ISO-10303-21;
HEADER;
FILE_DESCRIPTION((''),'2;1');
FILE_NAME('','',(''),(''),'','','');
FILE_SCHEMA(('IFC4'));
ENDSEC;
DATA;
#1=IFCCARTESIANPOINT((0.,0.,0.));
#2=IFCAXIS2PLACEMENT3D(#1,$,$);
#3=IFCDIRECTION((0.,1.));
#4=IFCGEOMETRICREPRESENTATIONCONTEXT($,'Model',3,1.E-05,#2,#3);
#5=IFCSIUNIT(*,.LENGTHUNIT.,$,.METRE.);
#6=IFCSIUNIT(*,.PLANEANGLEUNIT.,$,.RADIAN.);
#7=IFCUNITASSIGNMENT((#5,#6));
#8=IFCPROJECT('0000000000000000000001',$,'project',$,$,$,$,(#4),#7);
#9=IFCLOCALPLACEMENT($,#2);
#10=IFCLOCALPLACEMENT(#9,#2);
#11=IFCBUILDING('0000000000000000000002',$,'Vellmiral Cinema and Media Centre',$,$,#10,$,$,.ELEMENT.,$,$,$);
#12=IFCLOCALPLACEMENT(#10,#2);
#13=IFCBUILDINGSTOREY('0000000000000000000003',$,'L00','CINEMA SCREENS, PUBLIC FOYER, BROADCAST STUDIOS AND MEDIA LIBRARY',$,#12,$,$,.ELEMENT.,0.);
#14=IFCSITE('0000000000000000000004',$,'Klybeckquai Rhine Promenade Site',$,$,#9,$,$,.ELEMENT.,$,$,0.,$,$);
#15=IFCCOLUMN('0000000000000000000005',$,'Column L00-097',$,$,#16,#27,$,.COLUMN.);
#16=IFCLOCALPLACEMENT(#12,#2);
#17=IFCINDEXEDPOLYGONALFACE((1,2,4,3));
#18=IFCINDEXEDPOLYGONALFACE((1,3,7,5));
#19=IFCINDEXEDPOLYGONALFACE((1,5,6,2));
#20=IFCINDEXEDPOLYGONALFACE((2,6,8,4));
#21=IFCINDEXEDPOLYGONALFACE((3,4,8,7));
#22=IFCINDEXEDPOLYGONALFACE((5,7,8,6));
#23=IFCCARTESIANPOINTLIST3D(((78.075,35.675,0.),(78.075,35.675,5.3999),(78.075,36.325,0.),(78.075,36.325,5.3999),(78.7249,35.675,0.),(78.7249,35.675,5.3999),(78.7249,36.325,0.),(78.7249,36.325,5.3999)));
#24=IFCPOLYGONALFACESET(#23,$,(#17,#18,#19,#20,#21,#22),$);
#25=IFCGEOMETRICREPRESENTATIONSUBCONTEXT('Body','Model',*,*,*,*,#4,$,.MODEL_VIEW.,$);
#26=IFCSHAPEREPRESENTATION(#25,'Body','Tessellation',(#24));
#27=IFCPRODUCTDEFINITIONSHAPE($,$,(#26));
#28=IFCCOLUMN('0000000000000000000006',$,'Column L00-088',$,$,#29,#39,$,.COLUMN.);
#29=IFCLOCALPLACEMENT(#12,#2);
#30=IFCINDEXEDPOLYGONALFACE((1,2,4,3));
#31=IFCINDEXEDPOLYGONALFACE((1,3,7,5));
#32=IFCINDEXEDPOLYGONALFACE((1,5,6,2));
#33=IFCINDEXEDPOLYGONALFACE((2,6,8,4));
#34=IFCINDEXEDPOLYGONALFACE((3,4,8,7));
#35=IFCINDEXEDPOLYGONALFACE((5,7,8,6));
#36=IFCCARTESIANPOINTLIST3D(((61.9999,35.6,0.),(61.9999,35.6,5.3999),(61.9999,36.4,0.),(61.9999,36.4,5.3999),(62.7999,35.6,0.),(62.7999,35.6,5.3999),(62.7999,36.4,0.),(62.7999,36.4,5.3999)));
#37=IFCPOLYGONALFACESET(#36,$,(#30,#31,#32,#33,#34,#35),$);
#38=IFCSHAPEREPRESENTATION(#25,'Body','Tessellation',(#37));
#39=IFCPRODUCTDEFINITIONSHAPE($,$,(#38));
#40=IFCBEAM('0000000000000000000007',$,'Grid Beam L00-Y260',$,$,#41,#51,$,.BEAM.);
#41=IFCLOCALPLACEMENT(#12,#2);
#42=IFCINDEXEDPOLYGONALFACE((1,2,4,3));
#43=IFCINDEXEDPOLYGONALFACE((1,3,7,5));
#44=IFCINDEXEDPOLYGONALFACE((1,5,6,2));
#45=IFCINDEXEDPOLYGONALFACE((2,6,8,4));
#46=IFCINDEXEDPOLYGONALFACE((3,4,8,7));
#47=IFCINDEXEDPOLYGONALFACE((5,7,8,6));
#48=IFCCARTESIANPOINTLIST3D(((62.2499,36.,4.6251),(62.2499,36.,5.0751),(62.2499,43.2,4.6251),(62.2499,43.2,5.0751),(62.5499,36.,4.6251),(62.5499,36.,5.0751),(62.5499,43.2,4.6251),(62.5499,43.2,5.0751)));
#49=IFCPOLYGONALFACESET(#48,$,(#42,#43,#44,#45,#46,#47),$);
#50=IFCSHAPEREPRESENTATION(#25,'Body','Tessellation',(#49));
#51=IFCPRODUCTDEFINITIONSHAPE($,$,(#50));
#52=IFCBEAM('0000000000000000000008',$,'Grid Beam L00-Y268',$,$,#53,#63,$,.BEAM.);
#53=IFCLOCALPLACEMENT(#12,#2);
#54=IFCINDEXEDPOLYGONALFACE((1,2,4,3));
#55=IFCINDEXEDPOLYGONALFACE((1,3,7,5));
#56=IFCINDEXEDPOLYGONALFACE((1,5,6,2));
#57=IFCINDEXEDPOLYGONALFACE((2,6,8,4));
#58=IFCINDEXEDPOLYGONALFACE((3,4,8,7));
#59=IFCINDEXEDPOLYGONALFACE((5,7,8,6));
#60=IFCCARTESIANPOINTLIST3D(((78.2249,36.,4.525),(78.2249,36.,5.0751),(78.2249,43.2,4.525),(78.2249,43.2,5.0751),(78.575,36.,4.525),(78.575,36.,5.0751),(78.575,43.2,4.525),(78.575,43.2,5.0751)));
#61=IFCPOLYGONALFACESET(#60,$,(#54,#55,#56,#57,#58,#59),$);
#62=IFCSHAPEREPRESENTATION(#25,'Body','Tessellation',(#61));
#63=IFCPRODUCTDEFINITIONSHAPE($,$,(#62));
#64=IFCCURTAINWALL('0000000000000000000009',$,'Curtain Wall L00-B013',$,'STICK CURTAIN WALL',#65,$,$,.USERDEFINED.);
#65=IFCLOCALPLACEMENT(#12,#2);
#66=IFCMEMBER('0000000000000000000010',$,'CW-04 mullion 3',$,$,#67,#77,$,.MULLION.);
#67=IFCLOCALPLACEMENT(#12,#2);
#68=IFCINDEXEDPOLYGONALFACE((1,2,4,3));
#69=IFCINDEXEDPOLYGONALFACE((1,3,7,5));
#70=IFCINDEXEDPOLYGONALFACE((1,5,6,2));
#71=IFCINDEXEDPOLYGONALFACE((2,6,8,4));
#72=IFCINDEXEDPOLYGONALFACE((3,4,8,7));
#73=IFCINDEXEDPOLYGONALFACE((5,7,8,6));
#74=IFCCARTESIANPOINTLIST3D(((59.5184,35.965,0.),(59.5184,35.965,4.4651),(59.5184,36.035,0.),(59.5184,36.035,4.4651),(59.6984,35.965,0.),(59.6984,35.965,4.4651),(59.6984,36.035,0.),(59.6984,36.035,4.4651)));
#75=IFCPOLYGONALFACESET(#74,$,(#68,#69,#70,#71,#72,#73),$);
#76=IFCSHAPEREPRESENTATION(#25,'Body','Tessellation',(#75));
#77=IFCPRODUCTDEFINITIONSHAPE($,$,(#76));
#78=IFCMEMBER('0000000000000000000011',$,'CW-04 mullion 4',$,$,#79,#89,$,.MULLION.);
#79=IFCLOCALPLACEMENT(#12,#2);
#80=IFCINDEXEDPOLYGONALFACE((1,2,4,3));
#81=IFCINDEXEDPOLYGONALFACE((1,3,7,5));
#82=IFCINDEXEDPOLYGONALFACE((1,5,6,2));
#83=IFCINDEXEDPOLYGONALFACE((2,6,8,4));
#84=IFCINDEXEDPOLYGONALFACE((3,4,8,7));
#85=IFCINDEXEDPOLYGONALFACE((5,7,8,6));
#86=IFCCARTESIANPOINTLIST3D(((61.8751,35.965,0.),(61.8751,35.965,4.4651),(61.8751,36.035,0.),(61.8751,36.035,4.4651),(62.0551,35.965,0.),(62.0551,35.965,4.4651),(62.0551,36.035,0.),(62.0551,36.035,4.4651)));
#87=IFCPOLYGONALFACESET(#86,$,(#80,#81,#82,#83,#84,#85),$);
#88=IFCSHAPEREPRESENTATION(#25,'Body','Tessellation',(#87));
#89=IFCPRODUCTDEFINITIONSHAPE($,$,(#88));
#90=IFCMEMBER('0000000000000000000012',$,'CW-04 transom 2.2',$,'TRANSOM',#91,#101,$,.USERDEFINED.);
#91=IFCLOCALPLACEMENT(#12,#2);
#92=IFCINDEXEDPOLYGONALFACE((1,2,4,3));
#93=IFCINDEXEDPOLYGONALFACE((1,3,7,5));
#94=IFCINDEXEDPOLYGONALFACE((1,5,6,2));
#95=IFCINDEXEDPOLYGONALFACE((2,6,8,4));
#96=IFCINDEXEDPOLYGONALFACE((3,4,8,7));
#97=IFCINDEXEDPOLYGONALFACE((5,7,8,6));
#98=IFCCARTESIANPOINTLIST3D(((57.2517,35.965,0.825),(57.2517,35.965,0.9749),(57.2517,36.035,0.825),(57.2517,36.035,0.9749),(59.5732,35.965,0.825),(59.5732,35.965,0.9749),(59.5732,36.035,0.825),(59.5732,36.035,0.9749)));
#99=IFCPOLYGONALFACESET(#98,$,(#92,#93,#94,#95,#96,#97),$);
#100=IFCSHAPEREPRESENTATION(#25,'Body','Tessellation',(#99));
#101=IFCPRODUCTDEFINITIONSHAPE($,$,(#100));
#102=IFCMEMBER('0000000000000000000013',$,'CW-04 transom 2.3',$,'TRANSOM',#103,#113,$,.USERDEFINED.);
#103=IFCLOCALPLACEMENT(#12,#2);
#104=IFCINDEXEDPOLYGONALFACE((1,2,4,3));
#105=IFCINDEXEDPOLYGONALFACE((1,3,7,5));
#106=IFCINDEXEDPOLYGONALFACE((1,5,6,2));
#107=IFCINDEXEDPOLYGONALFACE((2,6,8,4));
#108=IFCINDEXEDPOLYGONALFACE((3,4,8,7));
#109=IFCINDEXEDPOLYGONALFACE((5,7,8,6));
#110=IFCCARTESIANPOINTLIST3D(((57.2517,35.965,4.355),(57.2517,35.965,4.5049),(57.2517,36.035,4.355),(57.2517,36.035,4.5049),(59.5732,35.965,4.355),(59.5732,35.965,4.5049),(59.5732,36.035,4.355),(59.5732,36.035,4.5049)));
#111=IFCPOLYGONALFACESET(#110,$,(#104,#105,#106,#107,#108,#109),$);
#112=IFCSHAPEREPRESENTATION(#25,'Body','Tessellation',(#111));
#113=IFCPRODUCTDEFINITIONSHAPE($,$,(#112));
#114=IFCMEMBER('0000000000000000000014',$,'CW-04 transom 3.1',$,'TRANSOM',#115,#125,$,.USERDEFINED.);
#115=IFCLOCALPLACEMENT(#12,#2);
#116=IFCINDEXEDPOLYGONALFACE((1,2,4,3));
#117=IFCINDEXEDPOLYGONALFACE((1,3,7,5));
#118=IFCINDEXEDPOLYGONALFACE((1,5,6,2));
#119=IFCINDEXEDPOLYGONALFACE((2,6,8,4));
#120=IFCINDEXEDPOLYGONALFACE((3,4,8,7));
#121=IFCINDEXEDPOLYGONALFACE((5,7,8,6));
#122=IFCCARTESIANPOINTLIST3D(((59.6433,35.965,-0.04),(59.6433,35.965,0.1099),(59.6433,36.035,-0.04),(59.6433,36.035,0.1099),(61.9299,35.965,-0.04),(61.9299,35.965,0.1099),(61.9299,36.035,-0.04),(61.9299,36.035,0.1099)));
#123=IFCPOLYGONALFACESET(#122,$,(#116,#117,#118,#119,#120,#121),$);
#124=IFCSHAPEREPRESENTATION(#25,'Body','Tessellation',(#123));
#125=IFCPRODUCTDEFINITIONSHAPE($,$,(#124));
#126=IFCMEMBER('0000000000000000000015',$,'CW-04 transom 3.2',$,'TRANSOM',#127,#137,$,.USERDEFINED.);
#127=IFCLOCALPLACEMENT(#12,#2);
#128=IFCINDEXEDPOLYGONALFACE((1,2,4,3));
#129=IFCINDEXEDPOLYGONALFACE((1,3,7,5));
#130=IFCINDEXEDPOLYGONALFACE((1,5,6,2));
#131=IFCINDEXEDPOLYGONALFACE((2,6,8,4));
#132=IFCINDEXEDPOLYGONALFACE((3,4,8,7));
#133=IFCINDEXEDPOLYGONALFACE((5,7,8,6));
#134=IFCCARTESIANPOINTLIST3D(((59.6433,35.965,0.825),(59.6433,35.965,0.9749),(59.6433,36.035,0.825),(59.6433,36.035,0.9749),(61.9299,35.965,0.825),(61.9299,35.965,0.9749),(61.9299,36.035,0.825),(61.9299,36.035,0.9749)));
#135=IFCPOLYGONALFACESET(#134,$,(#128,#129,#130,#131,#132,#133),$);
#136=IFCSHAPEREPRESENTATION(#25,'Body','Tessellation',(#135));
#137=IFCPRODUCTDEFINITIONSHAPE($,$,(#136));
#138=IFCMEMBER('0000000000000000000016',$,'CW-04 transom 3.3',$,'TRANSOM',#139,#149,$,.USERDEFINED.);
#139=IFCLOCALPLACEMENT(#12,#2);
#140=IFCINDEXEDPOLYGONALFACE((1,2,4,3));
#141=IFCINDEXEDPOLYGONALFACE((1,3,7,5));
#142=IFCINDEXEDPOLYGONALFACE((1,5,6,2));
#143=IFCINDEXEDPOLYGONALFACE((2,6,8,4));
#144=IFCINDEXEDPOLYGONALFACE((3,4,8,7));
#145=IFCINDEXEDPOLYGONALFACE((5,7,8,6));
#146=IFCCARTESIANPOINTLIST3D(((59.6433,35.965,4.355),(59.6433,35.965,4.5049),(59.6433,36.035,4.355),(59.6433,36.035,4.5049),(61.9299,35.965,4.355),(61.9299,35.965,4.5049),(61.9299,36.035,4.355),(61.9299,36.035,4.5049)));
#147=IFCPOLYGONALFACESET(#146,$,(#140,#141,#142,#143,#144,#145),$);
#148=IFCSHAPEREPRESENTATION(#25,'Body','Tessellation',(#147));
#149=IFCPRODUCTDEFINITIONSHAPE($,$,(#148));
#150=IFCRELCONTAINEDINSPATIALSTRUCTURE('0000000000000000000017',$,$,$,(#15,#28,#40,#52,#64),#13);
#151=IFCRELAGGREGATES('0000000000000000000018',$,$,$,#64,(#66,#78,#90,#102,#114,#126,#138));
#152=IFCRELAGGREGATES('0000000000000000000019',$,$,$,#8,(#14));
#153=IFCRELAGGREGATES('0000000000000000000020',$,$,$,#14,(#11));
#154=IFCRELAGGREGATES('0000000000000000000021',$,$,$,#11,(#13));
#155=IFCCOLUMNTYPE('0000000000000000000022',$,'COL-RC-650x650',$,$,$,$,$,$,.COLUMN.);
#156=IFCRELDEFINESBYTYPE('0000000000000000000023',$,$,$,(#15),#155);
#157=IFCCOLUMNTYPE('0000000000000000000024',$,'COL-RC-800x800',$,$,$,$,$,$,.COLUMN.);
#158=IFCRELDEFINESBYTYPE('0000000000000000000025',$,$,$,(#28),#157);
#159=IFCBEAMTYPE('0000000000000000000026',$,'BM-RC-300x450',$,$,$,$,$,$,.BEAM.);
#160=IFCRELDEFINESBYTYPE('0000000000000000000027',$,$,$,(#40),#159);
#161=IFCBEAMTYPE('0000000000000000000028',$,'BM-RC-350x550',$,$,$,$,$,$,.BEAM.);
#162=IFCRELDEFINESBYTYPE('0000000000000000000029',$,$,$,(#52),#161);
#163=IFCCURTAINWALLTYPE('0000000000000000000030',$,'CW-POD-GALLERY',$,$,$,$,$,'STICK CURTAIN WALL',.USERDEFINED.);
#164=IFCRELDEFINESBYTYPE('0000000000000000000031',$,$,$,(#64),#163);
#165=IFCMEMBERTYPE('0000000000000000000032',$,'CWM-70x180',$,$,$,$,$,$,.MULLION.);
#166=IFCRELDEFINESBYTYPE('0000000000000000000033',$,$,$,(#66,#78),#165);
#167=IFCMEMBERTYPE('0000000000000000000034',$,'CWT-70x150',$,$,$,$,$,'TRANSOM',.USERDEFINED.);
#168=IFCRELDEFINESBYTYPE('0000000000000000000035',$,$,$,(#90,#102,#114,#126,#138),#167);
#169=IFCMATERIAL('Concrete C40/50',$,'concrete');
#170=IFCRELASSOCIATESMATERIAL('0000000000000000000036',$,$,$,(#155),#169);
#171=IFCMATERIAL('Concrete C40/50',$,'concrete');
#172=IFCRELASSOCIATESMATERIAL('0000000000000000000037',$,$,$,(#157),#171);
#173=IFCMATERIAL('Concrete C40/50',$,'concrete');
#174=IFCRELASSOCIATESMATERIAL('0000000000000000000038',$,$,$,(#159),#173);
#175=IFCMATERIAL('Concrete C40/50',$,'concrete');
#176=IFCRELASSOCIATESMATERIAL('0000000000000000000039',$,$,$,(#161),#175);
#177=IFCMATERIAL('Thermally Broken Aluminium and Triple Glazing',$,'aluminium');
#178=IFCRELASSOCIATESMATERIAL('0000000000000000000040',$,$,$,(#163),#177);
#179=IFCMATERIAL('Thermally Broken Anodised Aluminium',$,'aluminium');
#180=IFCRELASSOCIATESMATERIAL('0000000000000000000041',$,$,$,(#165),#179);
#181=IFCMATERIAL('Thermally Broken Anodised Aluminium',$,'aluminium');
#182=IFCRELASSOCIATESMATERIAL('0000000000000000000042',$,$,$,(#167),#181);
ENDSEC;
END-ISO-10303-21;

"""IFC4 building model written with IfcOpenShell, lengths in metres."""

from ifc_helpers import new_model, si_unit, direction, frame, origin, origin_2d, place, context, subcontext, project, spatial, rectangle, extrude, material, material_profile, profile_set, type_object, element, aggregate, save


model = new_model("IFC4")

# Units and contexts
model_context = context("Model", 3, precision=1e-05, world=origin(), true_north=direction((0.0, 1.0)))
body_context = subcontext(model_context, "Body", "Model", "MODEL_VIEW")
ifc_project = project(units=[si_unit("LENGTHUNIT", "METRE"), si_unit("PLANEANGLEUNIT", "RADIAN")], contexts=[model_context])

# Site, building, storey
site_placement = place(None, origin())
site = spatial("IfcSite", under=ifc_project, at=site_placement, Name="Klybeckquai Rhine Promenade Site", CompositionType="ELEMENT", RefElevation=0.0)
building_placement = place(site_placement, origin())
building = spatial("IfcBuilding", under=site, at=building_placement, Name="Vellmiral Cinema and Media Centre", CompositionType="ELEMENT")
storey_placement = place(building_placement, origin())
storey = spatial("IfcBuildingStorey", under=building, at=storey_placement, Name="L00", Description="CINEMA SCREENS, PUBLIC FOYER, BROADCAST STUDIOS AND MEDIA LIBRARY", CompositionType="ELEMENT", Elevation=0.0)

# Columns
ifc_material_1 = material(Name="Concrete C40/50", Category="concrete")
ifc_material_profile_1 = material_profile(ifc_material_1, rectangle(XDim=0.6499, YDim=0.6499, at=origin_2d()), Name="RC 650x650")
ifc_profile_set_1 = profile_set([ifc_material_profile_1], Name="Concrete C40/50")
column_type_1 = type_object("IfcColumnType", Name="COL-RC-650x650", PredefinedType="COLUMN", material=ifc_profile_set_1)
column_1_placement = place(storey_placement, frame((78.3999, 36.0, 0.0), z_axis=(0.0, 0.0, 1.0), x_axis=(1.0, 0.0, 0.0)))
element("IfcColumn", 1, at=column_1_placement, inside=storey, type_object=column_type_1, Name="Column L00-097", PredefinedType="COLUMN", context=body_context, shape_type="SweptSolid", body=[
    extrude(rectangle(XDim=0.6499, YDim=0.6499, at=origin_2d()), origin(), (0.0, 0.0, 1.0), 5.3999),
])
ifc_material_2 = material(Name="Concrete C40/50", Category="concrete")
ifc_material_profile_2 = material_profile(ifc_material_2, rectangle(XDim=0.8, YDim=0.8, at=origin_2d()), Name="RC 800x800")
ifc_profile_set_2 = profile_set([ifc_material_profile_2], Name="Concrete C40/50")
column_type_2 = type_object("IfcColumnType", Name="COL-RC-800x800", PredefinedType="COLUMN", material=ifc_profile_set_2)
column_2_placement = place(storey_placement, frame((62.3999, 36.0, 0.0), z_axis=(0.0, 0.0, 1.0), x_axis=(1.0, 0.0, 0.0)))
element("IfcColumn", 2, at=column_2_placement, inside=storey, type_object=column_type_2, Name="Column L00-088", PredefinedType="COLUMN", context=body_context, shape_type="SweptSolid", body=[
    extrude(rectangle(XDim=0.8, YDim=0.8, at=origin_2d()), origin(), (0.0, 0.0, 1.0), 5.3999),
])

# Beams
ifc_material_3 = material(Name="Concrete C40/50", Category="concrete")
ifc_material_profile_3 = material_profile(ifc_material_3, rectangle(XDim=0.3, YDim=0.45, at=origin_2d()), Name="RC 300x450")
ifc_profile_set_3 = profile_set([ifc_material_profile_3], Name="Concrete C40/50")
beam_type_1 = type_object("IfcBeamType", Name="BM-RC-300x450", PredefinedType="BEAM", material=ifc_profile_set_3)
beam_1_placement = place(storey_placement, frame((62.3999, 36.0, 4.8501), z_axis=(0.0, 1.0, 0.0), x_axis=(-1.0, 0.0, 0.0)))
element("IfcBeam", 3, at=beam_1_placement, inside=storey, type_object=beam_type_1, Name="Grid Beam L00-Y260", PredefinedType="BEAM", context=body_context, shape_type="SweptSolid", body=[
    extrude(rectangle(XDim=0.3, YDim=0.45, at=origin_2d()), origin(), (0.0, 0.0, 1.0), 7.2),
])
ifc_material_4 = material(Name="Concrete C40/50", Category="concrete")
ifc_material_profile_4 = material_profile(ifc_material_4, rectangle(XDim=0.3501, YDim=0.55, at=origin_2d()), Name="RC 350x550")
ifc_profile_set_4 = profile_set([ifc_material_profile_4], Name="Concrete C40/50")
beam_type_2 = type_object("IfcBeamType", Name="BM-RC-350x550", PredefinedType="BEAM", material=ifc_profile_set_4)
beam_2_placement = place(storey_placement, frame((78.3999, 36.0, 4.8), z_axis=(0.0, 1.0, 0.0), x_axis=(-1.0, 0.0, 0.0)))
element("IfcBeam", 4, at=beam_2_placement, inside=storey, type_object=beam_type_2, Name="Grid Beam L00-Y268", PredefinedType="BEAM", context=body_context, shape_type="SweptSolid", body=[
    extrude(rectangle(XDim=0.3501, YDim=0.55, at=origin_2d()), origin(), (0.0, 0.0, 1.0), 7.2),
])

# Curtain wall, members
ifc_material_5 = material(Name="Thermally Broken Aluminium and Triple Glazing", Category="aluminium")
curtain_wall_type = type_object("IfcCurtainWallType", Name="CW-POD-GALLERY", ElementType="STICK CURTAIN WALL", PredefinedType="USERDEFINED", material=ifc_material_5)
curtain_wall_placement = place(storey_placement, origin())
curtain_wall = element("IfcCurtainWall", 5, at=curtain_wall_placement, inside=storey, type_object=curtain_wall_type, Name="Curtain Wall L00-B013", ObjectType="STICK CURTAIN WALL", PredefinedType="USERDEFINED")
ifc_material_6 = material(Name="Thermally Broken Anodised Aluminium", Category="aluminium")
ifc_material_profile_5 = material_profile(ifc_material_6, rectangle(XDim=0.0701, YDim=0.1799, at=origin_2d()), Name="MULL 70x180")
ifc_profile_set_5 = profile_set([ifc_material_profile_5], Name="Thermally Broken Anodised Aluminium")
member_type_1 = type_object("IfcMemberType", Name="CWM-70x180", PredefinedType="MULLION", material=ifc_profile_set_5)
member_1_placement = place(storey_placement, frame((59.6084, 36.0, 0.0), z_axis=(0.0, 0.0, 1.0), x_axis=(0.0, 1.0, 0.0)))
member_1 = element("IfcMember", 6, at=member_1_placement, type_object=member_type_1, Name="CW-04 mullion 3", PredefinedType="MULLION", context=body_context, shape_type="SweptSolid", body=[
    extrude(rectangle(XDim=0.0701, YDim=0.1799, at=origin_2d()), origin(), (0.0, 0.0, 1.0), 4.4651),
])
member_2_placement = place(storey_placement, frame((61.9651, 36.0, 0.0), z_axis=(0.0, 0.0, 1.0), x_axis=(0.0, 1.0, 0.0)))
member_2 = element("IfcMember", 7, at=member_2_placement, type_object=member_type_1, Name="CW-04 mullion 4", PredefinedType="MULLION", context=body_context, shape_type="SweptSolid", body=[
    extrude(rectangle(XDim=0.0701, YDim=0.1799, at=origin_2d()), origin(), (0.0, 0.0, 1.0), 4.4651),
])
ifc_material_7 = material(Name="Thermally Broken Anodised Aluminium", Category="aluminium")
ifc_material_profile_6 = material_profile(ifc_material_7, rectangle(XDim=0.0701, YDim=0.1499, at=origin_2d()), Name="MULL 70x150")
ifc_profile_set_6 = profile_set([ifc_material_profile_6], Name="Thermally Broken Anodised Aluminium")
member_type_2 = type_object("IfcMemberType", Name="CWT-70x150", ElementType="TRANSOM", PredefinedType="USERDEFINED", material=ifc_profile_set_6)
member_3_placement = place(storey_placement, frame((57.2517, 36.0, 0.8999), z_axis=(1.0, 0.0, 0.0), x_axis=(0.0, 1.0, 0.0)))
member_3 = element("IfcMember", 8, at=member_3_placement, type_object=member_type_2, Name="CW-04 transom 2.2", ObjectType="TRANSOM", PredefinedType="USERDEFINED", context=body_context, shape_type="SweptSolid", body=[
    extrude(rectangle(XDim=0.0701, YDim=0.1499, at=origin_2d()), origin(), (0.0, 0.0, 1.0), 2.3215),
])
member_4_placement = place(storey_placement, frame((57.2517, 36.0, 4.4299), z_axis=(1.0, 0.0, 0.0), x_axis=(0.0, 1.0, 0.0)))
member_4 = element("IfcMember", 9, at=member_4_placement, type_object=member_type_2, Name="CW-04 transom 2.3", ObjectType="TRANSOM", PredefinedType="USERDEFINED", context=body_context, shape_type="SweptSolid", body=[
    extrude(rectangle(XDim=0.0701, YDim=0.1499, at=origin_2d()), origin(), (0.0, 0.0, 1.0), 2.3215),
])
member_5_placement = place(storey_placement, frame((59.6433, 36.0, 0.0349), z_axis=(1.0, 0.0, 0.0), x_axis=(0.0, 1.0, 0.0)))
member_5 = element("IfcMember", 10, at=member_5_placement, type_object=member_type_2, Name="CW-04 transom 3.1", ObjectType="TRANSOM", PredefinedType="USERDEFINED", context=body_context, shape_type="SweptSolid", body=[
    extrude(rectangle(XDim=0.0701, YDim=0.1499, at=origin_2d()), origin(), (0.0, 0.0, 1.0), 2.2866),
])
member_6_placement = place(storey_placement, frame((59.6433, 36.0, 0.8999), z_axis=(1.0, 0.0, 0.0), x_axis=(0.0, 1.0, 0.0)))
member_6 = element("IfcMember", 11, at=member_6_placement, type_object=member_type_2, Name="CW-04 transom 3.2", ObjectType="TRANSOM", PredefinedType="USERDEFINED", context=body_context, shape_type="SweptSolid", body=[
    extrude(rectangle(XDim=0.0701, YDim=0.1499, at=origin_2d()), origin(), (0.0, 0.0, 1.0), 2.2866),
])
member_7_placement = place(storey_placement, frame((59.6433, 36.0, 4.4299), z_axis=(1.0, 0.0, 0.0), x_axis=(0.0, 1.0, 0.0)))
member_7 = element("IfcMember", 12, at=member_7_placement, type_object=member_type_2, Name="CW-04 transom 3.3", ObjectType="TRANSOM", PredefinedType="USERDEFINED", context=body_context, shape_type="SweptSolid", body=[
    extrude(rectangle(XDim=0.0701, YDim=0.1499, at=origin_2d()), origin(), (0.0, 0.0, 1.0), 2.2866),
])

aggregate(curtain_wall, [member_1, member_2, member_3, member_4, member_5, member_6, member_7])

save(model, "model.ifc")
